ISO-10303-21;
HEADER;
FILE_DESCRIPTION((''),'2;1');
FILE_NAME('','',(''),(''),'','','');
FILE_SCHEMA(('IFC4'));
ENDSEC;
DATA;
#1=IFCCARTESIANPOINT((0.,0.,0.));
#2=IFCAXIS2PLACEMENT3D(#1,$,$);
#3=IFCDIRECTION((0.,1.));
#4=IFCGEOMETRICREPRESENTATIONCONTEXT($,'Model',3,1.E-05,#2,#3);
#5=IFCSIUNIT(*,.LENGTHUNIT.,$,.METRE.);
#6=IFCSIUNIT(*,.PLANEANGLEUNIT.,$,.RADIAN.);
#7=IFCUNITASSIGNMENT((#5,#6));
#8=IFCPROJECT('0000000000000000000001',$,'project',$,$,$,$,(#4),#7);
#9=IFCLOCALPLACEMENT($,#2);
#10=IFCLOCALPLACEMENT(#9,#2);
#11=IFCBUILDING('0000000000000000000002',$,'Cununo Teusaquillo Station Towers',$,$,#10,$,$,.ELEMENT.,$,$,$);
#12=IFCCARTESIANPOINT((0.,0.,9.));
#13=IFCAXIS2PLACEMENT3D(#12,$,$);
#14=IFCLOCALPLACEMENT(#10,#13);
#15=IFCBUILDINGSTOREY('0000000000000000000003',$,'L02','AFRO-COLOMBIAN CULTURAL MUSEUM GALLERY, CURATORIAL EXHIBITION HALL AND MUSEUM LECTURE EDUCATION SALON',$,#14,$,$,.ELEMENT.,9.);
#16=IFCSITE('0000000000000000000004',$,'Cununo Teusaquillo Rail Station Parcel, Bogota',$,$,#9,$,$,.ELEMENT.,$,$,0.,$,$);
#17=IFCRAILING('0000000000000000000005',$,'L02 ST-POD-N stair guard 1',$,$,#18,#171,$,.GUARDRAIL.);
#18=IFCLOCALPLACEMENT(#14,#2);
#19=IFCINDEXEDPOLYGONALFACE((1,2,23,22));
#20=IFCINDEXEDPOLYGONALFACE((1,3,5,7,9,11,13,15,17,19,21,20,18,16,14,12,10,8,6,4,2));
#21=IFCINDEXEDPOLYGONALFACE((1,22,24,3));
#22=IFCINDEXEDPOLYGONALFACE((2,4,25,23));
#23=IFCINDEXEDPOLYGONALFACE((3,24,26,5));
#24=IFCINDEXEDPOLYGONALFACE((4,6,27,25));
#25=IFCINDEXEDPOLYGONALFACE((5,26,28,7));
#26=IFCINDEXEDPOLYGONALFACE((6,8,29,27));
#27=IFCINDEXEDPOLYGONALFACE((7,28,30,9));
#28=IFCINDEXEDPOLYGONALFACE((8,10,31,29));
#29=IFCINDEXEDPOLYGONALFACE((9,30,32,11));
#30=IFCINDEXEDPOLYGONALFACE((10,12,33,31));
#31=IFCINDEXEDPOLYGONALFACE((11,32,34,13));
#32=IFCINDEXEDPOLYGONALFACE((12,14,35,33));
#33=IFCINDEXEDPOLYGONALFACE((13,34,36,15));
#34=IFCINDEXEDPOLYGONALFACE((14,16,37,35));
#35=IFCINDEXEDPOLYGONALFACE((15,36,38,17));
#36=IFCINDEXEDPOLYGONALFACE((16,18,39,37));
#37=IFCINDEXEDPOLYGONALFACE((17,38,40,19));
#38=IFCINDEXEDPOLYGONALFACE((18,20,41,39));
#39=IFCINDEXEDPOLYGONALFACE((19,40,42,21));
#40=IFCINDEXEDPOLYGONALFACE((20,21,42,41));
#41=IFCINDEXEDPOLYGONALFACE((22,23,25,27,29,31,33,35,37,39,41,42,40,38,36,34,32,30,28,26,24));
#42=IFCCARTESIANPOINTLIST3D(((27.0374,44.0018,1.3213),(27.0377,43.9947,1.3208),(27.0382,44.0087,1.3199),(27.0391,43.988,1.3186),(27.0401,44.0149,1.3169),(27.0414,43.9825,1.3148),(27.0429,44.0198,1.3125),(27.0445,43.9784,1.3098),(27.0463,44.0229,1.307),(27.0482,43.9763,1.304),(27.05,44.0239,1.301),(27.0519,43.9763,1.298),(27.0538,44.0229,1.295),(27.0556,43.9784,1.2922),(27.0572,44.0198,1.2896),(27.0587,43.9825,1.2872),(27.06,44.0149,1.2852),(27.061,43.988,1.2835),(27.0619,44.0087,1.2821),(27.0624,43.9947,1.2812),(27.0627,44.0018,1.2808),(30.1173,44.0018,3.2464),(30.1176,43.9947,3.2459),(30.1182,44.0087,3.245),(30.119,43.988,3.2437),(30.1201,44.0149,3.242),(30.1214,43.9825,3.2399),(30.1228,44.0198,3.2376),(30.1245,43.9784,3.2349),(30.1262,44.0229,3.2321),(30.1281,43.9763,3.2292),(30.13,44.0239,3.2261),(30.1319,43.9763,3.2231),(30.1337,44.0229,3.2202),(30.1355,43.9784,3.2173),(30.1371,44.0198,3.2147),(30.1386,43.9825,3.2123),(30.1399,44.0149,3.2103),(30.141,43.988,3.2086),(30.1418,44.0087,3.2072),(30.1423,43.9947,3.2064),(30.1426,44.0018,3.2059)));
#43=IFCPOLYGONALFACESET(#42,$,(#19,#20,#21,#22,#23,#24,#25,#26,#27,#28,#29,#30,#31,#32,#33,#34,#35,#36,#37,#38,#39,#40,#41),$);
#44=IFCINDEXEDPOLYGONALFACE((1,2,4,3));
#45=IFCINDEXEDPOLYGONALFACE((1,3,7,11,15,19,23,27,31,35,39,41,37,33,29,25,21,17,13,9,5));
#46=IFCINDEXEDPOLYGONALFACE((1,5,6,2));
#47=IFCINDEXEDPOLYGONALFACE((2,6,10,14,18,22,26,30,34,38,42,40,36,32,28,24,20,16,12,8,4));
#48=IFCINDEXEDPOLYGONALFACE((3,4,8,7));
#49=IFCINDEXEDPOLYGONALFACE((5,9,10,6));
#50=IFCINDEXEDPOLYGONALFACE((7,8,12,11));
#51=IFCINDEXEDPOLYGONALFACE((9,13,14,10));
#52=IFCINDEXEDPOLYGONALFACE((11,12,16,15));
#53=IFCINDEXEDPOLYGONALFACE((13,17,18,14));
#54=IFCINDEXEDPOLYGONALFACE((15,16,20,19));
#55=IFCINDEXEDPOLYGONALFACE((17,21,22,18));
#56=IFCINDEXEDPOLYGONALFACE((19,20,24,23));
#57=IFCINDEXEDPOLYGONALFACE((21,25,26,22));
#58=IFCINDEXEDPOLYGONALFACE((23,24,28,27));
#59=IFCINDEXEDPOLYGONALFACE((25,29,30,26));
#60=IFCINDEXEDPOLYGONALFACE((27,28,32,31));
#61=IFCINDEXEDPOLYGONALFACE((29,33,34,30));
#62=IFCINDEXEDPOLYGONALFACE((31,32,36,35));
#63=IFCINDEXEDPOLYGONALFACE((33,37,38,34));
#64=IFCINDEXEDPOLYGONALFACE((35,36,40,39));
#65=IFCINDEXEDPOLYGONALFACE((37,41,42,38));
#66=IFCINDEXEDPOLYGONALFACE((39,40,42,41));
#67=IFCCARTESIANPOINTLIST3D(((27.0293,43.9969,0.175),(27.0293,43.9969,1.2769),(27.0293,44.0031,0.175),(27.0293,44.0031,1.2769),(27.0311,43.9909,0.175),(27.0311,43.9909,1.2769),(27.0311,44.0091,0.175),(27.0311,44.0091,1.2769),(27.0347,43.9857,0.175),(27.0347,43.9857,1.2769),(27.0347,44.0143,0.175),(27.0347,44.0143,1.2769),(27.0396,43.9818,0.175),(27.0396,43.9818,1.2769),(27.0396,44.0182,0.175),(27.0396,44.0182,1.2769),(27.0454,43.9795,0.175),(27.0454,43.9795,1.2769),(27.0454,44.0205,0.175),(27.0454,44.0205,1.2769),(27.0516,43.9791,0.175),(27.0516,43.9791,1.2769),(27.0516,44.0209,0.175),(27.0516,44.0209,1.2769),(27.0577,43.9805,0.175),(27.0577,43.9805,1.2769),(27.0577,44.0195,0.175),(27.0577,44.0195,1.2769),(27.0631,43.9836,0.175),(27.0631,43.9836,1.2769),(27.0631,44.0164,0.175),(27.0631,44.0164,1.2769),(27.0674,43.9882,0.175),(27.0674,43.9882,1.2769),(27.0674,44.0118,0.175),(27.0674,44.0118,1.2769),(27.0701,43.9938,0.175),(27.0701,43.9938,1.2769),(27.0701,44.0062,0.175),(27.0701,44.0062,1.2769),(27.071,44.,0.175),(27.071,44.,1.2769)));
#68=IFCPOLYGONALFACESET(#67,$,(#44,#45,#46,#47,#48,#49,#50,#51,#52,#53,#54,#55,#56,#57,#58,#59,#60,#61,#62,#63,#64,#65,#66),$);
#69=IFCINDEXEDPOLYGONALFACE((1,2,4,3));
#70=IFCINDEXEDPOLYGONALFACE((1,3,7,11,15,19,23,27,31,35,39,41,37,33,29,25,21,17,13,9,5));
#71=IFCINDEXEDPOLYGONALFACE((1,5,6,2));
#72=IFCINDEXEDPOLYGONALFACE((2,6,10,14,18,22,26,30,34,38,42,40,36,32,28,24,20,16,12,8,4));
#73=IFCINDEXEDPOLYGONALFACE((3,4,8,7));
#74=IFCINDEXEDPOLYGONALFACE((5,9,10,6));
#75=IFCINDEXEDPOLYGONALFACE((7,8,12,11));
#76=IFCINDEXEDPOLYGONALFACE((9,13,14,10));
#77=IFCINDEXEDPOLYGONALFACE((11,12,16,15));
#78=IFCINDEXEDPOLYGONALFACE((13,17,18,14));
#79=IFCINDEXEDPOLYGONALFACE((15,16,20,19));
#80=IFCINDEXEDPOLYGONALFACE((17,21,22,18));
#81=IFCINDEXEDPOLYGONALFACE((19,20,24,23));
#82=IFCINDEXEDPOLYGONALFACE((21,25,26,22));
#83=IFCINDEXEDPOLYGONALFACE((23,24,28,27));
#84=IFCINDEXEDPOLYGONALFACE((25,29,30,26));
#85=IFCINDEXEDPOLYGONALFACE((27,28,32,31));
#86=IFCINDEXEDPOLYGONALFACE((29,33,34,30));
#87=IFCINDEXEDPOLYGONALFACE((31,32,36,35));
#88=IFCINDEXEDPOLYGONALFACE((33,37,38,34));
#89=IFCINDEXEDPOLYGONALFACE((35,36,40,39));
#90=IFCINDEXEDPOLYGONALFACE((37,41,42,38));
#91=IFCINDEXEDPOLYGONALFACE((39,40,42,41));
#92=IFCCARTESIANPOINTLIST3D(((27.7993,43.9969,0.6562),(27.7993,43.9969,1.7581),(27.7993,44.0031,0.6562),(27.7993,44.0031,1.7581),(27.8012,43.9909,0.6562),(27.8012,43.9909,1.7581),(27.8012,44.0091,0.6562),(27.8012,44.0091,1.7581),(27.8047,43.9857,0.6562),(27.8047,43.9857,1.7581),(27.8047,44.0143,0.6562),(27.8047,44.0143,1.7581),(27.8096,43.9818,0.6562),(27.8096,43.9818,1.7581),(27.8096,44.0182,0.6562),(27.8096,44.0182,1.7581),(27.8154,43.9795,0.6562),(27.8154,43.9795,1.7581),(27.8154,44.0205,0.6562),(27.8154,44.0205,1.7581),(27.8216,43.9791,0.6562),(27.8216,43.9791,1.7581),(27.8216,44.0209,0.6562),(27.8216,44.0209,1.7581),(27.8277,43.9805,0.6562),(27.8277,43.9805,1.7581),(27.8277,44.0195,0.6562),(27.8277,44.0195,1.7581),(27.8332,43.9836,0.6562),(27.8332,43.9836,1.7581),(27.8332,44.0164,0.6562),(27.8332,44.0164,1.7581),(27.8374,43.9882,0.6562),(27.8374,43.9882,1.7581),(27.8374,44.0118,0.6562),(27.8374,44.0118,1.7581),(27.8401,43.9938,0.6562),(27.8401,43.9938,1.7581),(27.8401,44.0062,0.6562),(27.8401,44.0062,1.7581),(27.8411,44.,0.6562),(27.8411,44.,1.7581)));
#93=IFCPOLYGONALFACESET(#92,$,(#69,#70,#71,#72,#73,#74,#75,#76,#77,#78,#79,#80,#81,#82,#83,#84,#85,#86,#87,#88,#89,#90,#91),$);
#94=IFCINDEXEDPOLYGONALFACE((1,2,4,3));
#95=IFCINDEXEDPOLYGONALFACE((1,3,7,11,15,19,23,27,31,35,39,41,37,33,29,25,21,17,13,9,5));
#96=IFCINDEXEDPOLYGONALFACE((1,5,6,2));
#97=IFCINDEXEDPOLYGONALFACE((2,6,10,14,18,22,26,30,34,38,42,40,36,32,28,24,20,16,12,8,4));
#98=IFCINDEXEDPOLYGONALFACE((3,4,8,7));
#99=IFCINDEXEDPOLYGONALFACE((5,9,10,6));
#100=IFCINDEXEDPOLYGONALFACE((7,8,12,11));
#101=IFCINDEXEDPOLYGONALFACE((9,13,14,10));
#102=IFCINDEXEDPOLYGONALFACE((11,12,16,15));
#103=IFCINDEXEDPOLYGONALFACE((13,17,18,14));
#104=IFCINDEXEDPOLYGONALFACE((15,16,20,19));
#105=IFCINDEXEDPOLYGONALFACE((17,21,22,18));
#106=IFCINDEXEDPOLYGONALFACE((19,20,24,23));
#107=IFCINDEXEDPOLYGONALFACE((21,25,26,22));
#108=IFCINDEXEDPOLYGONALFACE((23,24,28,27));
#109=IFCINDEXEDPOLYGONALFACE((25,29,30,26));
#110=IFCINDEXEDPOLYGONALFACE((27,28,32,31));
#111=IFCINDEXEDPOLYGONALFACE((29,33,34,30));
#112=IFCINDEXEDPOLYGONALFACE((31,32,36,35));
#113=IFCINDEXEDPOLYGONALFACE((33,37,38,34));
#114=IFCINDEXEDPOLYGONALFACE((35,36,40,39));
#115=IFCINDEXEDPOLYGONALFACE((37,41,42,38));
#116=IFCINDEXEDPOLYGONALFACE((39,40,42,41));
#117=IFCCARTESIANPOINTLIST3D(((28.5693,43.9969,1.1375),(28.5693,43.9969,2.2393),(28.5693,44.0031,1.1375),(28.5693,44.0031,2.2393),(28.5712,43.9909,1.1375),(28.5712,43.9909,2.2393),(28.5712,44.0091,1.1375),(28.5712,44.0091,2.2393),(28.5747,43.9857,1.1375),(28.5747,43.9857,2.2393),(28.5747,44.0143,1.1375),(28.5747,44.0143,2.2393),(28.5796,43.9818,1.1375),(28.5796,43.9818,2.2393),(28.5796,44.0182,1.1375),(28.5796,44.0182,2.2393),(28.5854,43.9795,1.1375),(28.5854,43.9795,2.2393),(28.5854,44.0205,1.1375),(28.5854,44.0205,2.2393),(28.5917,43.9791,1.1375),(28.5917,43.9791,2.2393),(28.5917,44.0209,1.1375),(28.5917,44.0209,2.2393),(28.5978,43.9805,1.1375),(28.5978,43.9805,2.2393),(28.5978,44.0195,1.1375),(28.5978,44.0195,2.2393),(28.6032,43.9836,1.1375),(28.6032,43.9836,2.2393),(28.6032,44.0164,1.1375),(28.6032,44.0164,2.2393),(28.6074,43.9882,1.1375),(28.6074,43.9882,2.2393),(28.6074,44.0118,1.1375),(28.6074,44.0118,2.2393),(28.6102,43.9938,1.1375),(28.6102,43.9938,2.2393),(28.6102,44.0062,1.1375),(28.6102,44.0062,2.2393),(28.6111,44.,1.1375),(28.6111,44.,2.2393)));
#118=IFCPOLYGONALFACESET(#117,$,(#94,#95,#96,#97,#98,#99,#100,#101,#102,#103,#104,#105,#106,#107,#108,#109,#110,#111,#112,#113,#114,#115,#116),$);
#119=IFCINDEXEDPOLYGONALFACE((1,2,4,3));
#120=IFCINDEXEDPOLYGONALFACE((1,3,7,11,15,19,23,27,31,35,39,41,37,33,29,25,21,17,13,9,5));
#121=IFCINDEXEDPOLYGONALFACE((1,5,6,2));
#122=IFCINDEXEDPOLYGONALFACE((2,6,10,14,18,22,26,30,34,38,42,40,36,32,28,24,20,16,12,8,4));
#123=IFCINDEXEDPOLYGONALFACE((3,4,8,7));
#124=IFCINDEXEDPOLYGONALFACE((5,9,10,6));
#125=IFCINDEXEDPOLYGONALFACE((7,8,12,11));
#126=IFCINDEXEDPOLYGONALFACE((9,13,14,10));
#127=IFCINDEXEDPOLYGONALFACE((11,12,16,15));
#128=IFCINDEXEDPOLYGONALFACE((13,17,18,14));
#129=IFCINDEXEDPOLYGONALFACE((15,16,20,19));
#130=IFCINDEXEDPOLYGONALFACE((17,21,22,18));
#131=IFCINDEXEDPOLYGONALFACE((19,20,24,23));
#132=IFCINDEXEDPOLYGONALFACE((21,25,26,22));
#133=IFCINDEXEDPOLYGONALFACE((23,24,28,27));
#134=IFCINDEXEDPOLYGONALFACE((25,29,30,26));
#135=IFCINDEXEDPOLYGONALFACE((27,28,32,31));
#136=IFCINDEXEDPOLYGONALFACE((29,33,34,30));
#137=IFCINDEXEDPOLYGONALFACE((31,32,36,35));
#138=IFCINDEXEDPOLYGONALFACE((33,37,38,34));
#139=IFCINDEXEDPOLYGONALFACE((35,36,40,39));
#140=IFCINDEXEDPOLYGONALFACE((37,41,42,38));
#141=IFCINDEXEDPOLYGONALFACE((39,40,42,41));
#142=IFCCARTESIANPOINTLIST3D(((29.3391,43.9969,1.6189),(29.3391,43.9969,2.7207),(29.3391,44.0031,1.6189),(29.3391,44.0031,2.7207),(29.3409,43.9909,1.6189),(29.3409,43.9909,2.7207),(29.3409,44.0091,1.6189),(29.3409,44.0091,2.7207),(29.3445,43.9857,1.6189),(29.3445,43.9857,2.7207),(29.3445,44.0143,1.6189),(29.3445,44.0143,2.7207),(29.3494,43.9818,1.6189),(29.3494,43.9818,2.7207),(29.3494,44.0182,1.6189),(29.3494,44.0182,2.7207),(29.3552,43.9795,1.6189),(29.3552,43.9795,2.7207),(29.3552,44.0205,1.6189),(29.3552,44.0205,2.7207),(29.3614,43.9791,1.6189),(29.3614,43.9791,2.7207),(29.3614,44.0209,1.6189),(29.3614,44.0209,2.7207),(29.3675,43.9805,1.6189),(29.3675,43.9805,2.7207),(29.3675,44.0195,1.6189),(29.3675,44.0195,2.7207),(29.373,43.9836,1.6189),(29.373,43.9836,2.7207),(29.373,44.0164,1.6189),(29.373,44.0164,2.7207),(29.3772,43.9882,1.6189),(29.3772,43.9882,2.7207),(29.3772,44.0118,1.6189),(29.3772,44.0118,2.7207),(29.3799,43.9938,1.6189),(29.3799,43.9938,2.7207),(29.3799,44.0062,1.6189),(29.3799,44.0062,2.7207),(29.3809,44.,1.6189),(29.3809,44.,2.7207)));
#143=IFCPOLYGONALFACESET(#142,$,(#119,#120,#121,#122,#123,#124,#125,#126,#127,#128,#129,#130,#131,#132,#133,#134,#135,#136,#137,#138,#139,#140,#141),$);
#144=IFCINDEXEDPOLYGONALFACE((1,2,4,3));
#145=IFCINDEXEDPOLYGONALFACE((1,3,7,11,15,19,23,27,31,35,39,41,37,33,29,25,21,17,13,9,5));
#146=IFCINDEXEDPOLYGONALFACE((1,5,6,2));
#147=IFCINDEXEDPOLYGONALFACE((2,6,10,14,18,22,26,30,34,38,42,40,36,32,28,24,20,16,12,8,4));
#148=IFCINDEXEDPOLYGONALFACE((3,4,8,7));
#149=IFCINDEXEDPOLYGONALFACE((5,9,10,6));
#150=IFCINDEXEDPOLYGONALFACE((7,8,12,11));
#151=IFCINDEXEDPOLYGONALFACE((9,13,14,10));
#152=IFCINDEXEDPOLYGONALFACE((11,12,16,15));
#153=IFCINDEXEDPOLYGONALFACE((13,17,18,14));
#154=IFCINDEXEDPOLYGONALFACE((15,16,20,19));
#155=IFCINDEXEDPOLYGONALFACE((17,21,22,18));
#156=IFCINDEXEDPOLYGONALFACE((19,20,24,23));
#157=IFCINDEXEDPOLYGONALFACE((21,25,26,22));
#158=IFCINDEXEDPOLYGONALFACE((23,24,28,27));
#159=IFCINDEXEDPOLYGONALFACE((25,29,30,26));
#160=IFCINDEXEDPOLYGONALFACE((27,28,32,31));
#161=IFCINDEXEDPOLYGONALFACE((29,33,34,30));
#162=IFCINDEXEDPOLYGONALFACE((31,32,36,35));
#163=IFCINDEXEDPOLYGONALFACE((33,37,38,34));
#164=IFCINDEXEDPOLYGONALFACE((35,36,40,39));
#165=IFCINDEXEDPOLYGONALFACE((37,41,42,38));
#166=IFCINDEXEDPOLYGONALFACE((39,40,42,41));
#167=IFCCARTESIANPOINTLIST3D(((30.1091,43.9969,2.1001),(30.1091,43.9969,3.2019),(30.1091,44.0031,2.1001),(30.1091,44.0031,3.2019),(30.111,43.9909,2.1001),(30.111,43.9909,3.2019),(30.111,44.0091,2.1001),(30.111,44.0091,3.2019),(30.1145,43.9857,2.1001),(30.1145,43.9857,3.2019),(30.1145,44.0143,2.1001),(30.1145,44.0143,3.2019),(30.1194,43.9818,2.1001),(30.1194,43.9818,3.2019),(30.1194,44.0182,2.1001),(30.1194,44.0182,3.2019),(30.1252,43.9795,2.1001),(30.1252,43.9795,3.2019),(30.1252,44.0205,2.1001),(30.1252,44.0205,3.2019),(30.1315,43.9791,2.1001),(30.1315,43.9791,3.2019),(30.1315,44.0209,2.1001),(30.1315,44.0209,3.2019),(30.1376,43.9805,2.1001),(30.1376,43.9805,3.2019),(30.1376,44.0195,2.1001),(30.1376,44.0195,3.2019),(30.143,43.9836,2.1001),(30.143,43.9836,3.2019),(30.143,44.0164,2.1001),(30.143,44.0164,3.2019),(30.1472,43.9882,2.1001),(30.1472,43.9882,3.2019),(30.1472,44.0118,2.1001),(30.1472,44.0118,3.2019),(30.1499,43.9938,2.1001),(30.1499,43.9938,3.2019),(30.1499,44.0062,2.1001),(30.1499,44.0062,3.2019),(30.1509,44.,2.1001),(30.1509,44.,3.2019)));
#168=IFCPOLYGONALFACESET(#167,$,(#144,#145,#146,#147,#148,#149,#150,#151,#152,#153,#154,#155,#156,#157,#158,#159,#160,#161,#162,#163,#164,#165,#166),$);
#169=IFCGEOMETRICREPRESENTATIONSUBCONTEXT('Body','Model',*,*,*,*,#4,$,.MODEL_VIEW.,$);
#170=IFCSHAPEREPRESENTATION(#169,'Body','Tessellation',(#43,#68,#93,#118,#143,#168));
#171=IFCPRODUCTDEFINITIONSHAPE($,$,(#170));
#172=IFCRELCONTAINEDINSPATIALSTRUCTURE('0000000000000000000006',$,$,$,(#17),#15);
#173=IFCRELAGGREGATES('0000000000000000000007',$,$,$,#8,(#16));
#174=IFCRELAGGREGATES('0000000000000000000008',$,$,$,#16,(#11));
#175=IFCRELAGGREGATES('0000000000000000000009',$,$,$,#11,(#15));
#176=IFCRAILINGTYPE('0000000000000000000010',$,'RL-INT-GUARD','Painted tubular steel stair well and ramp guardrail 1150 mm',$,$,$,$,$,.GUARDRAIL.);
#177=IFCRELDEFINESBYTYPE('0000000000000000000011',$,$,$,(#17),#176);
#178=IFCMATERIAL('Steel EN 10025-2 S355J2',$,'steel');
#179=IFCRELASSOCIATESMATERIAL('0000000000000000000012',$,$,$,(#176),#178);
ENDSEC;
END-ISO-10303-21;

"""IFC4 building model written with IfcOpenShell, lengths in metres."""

from ifc_helpers import new_model, si_unit, direction, frame, origin, origin_2d, place, context, subcontext, project, spatial, circle, extrude, material, type_object, element, save


model = new_model("IFC4")

# Units and contexts
model_context = context("Model", 3, precision=1e-05, world=origin(), true_north=direction((0.0, 1.0)))
body_context = subcontext(model_context, "Body", "Model", "MODEL_VIEW")
ifc_project = project(units=[si_unit("LENGTHUNIT", "METRE"), si_unit("PLANEANGLEUNIT", "RADIAN")], contexts=[model_context])

# Site, building, storey
site_placement = place(None, origin())
site = spatial("IfcSite", under=ifc_project, at=site_placement, Name="Cununo Teusaquillo Rail Station Parcel, Bogota", CompositionType="ELEMENT", RefElevation=0.0)
building_placement = place(site_placement, origin())
building = spatial("IfcBuilding", under=site, at=building_placement, Name="Cununo Teusaquillo Station Towers", CompositionType="ELEMENT")
storey_placement = place(building_placement, frame((0.0, 0.0, 9.0)))
storey = spatial("IfcBuildingStorey", under=building, at=storey_placement, Name="L02", Description="AFRO-COLOMBIAN CULTURAL MUSEUM GALLERY, CURATORIAL EXHIBITION HALL AND MUSEUM LECTURE EDUCATION SALON", CompositionType="ELEMENT", Elevation=9.0)

# Railing
ifc_material_1 = material(Name="Steel EN 10025-2 S355J2", Category="steel")
railing_type_1 = type_object("IfcRailingType", Name="RL-INT-GUARD", Description="Painted tubular steel stair well and ramp guardrail 1150 mm", PredefinedType="GUARDRAIL", material=ifc_material_1)
railing_1_placement = place(storey_placement, frame((27.05, 44.0, 0.175)))
element("IfcRailing", 1, at=railing_1_placement, inside=storey, type_object=railing_type_1, Name="L02 ST-POD-N stair guard 1", PredefinedType="GUARDRAIL", context=body_context, shape_type="SweptSolid", body=[
    extrude(circle(Radius=0.0239, at=origin_2d()), frame((0.0, 0.0, 1.126), z_axis=(0.847979, 0.0, 0.530029), x_axis=(0.0, 1.0, 0.0)), (0.0, 0.0, 1.0), 3.6321),
    extrude(circle(Radius=0.021, at=origin_2d()), origin(), (0.0, 0.0, 1.0), 1.1018),
    extrude(circle(Radius=0.021, at=origin_2d()), frame((0.77, 0.0, 0.4812)), (0.0, 0.0, 1.0), 1.1018),
    extrude(circle(Radius=0.021, at=origin_2d()), frame((1.54, 0.0, 0.9624)), (0.0, 0.0, 1.0), 1.1018),
    extrude(circle(Radius=0.021, at=origin_2d()), frame((2.3098, 0.0, 1.4438)), (0.0, 0.0, 1.0), 1.1018),
    extrude(circle(Radius=0.021, at=origin_2d()), frame((3.0798, 0.0, 1.925)), (0.0, 0.0, 1.0), 1.1018),
])

save(model, "model.ifc")
